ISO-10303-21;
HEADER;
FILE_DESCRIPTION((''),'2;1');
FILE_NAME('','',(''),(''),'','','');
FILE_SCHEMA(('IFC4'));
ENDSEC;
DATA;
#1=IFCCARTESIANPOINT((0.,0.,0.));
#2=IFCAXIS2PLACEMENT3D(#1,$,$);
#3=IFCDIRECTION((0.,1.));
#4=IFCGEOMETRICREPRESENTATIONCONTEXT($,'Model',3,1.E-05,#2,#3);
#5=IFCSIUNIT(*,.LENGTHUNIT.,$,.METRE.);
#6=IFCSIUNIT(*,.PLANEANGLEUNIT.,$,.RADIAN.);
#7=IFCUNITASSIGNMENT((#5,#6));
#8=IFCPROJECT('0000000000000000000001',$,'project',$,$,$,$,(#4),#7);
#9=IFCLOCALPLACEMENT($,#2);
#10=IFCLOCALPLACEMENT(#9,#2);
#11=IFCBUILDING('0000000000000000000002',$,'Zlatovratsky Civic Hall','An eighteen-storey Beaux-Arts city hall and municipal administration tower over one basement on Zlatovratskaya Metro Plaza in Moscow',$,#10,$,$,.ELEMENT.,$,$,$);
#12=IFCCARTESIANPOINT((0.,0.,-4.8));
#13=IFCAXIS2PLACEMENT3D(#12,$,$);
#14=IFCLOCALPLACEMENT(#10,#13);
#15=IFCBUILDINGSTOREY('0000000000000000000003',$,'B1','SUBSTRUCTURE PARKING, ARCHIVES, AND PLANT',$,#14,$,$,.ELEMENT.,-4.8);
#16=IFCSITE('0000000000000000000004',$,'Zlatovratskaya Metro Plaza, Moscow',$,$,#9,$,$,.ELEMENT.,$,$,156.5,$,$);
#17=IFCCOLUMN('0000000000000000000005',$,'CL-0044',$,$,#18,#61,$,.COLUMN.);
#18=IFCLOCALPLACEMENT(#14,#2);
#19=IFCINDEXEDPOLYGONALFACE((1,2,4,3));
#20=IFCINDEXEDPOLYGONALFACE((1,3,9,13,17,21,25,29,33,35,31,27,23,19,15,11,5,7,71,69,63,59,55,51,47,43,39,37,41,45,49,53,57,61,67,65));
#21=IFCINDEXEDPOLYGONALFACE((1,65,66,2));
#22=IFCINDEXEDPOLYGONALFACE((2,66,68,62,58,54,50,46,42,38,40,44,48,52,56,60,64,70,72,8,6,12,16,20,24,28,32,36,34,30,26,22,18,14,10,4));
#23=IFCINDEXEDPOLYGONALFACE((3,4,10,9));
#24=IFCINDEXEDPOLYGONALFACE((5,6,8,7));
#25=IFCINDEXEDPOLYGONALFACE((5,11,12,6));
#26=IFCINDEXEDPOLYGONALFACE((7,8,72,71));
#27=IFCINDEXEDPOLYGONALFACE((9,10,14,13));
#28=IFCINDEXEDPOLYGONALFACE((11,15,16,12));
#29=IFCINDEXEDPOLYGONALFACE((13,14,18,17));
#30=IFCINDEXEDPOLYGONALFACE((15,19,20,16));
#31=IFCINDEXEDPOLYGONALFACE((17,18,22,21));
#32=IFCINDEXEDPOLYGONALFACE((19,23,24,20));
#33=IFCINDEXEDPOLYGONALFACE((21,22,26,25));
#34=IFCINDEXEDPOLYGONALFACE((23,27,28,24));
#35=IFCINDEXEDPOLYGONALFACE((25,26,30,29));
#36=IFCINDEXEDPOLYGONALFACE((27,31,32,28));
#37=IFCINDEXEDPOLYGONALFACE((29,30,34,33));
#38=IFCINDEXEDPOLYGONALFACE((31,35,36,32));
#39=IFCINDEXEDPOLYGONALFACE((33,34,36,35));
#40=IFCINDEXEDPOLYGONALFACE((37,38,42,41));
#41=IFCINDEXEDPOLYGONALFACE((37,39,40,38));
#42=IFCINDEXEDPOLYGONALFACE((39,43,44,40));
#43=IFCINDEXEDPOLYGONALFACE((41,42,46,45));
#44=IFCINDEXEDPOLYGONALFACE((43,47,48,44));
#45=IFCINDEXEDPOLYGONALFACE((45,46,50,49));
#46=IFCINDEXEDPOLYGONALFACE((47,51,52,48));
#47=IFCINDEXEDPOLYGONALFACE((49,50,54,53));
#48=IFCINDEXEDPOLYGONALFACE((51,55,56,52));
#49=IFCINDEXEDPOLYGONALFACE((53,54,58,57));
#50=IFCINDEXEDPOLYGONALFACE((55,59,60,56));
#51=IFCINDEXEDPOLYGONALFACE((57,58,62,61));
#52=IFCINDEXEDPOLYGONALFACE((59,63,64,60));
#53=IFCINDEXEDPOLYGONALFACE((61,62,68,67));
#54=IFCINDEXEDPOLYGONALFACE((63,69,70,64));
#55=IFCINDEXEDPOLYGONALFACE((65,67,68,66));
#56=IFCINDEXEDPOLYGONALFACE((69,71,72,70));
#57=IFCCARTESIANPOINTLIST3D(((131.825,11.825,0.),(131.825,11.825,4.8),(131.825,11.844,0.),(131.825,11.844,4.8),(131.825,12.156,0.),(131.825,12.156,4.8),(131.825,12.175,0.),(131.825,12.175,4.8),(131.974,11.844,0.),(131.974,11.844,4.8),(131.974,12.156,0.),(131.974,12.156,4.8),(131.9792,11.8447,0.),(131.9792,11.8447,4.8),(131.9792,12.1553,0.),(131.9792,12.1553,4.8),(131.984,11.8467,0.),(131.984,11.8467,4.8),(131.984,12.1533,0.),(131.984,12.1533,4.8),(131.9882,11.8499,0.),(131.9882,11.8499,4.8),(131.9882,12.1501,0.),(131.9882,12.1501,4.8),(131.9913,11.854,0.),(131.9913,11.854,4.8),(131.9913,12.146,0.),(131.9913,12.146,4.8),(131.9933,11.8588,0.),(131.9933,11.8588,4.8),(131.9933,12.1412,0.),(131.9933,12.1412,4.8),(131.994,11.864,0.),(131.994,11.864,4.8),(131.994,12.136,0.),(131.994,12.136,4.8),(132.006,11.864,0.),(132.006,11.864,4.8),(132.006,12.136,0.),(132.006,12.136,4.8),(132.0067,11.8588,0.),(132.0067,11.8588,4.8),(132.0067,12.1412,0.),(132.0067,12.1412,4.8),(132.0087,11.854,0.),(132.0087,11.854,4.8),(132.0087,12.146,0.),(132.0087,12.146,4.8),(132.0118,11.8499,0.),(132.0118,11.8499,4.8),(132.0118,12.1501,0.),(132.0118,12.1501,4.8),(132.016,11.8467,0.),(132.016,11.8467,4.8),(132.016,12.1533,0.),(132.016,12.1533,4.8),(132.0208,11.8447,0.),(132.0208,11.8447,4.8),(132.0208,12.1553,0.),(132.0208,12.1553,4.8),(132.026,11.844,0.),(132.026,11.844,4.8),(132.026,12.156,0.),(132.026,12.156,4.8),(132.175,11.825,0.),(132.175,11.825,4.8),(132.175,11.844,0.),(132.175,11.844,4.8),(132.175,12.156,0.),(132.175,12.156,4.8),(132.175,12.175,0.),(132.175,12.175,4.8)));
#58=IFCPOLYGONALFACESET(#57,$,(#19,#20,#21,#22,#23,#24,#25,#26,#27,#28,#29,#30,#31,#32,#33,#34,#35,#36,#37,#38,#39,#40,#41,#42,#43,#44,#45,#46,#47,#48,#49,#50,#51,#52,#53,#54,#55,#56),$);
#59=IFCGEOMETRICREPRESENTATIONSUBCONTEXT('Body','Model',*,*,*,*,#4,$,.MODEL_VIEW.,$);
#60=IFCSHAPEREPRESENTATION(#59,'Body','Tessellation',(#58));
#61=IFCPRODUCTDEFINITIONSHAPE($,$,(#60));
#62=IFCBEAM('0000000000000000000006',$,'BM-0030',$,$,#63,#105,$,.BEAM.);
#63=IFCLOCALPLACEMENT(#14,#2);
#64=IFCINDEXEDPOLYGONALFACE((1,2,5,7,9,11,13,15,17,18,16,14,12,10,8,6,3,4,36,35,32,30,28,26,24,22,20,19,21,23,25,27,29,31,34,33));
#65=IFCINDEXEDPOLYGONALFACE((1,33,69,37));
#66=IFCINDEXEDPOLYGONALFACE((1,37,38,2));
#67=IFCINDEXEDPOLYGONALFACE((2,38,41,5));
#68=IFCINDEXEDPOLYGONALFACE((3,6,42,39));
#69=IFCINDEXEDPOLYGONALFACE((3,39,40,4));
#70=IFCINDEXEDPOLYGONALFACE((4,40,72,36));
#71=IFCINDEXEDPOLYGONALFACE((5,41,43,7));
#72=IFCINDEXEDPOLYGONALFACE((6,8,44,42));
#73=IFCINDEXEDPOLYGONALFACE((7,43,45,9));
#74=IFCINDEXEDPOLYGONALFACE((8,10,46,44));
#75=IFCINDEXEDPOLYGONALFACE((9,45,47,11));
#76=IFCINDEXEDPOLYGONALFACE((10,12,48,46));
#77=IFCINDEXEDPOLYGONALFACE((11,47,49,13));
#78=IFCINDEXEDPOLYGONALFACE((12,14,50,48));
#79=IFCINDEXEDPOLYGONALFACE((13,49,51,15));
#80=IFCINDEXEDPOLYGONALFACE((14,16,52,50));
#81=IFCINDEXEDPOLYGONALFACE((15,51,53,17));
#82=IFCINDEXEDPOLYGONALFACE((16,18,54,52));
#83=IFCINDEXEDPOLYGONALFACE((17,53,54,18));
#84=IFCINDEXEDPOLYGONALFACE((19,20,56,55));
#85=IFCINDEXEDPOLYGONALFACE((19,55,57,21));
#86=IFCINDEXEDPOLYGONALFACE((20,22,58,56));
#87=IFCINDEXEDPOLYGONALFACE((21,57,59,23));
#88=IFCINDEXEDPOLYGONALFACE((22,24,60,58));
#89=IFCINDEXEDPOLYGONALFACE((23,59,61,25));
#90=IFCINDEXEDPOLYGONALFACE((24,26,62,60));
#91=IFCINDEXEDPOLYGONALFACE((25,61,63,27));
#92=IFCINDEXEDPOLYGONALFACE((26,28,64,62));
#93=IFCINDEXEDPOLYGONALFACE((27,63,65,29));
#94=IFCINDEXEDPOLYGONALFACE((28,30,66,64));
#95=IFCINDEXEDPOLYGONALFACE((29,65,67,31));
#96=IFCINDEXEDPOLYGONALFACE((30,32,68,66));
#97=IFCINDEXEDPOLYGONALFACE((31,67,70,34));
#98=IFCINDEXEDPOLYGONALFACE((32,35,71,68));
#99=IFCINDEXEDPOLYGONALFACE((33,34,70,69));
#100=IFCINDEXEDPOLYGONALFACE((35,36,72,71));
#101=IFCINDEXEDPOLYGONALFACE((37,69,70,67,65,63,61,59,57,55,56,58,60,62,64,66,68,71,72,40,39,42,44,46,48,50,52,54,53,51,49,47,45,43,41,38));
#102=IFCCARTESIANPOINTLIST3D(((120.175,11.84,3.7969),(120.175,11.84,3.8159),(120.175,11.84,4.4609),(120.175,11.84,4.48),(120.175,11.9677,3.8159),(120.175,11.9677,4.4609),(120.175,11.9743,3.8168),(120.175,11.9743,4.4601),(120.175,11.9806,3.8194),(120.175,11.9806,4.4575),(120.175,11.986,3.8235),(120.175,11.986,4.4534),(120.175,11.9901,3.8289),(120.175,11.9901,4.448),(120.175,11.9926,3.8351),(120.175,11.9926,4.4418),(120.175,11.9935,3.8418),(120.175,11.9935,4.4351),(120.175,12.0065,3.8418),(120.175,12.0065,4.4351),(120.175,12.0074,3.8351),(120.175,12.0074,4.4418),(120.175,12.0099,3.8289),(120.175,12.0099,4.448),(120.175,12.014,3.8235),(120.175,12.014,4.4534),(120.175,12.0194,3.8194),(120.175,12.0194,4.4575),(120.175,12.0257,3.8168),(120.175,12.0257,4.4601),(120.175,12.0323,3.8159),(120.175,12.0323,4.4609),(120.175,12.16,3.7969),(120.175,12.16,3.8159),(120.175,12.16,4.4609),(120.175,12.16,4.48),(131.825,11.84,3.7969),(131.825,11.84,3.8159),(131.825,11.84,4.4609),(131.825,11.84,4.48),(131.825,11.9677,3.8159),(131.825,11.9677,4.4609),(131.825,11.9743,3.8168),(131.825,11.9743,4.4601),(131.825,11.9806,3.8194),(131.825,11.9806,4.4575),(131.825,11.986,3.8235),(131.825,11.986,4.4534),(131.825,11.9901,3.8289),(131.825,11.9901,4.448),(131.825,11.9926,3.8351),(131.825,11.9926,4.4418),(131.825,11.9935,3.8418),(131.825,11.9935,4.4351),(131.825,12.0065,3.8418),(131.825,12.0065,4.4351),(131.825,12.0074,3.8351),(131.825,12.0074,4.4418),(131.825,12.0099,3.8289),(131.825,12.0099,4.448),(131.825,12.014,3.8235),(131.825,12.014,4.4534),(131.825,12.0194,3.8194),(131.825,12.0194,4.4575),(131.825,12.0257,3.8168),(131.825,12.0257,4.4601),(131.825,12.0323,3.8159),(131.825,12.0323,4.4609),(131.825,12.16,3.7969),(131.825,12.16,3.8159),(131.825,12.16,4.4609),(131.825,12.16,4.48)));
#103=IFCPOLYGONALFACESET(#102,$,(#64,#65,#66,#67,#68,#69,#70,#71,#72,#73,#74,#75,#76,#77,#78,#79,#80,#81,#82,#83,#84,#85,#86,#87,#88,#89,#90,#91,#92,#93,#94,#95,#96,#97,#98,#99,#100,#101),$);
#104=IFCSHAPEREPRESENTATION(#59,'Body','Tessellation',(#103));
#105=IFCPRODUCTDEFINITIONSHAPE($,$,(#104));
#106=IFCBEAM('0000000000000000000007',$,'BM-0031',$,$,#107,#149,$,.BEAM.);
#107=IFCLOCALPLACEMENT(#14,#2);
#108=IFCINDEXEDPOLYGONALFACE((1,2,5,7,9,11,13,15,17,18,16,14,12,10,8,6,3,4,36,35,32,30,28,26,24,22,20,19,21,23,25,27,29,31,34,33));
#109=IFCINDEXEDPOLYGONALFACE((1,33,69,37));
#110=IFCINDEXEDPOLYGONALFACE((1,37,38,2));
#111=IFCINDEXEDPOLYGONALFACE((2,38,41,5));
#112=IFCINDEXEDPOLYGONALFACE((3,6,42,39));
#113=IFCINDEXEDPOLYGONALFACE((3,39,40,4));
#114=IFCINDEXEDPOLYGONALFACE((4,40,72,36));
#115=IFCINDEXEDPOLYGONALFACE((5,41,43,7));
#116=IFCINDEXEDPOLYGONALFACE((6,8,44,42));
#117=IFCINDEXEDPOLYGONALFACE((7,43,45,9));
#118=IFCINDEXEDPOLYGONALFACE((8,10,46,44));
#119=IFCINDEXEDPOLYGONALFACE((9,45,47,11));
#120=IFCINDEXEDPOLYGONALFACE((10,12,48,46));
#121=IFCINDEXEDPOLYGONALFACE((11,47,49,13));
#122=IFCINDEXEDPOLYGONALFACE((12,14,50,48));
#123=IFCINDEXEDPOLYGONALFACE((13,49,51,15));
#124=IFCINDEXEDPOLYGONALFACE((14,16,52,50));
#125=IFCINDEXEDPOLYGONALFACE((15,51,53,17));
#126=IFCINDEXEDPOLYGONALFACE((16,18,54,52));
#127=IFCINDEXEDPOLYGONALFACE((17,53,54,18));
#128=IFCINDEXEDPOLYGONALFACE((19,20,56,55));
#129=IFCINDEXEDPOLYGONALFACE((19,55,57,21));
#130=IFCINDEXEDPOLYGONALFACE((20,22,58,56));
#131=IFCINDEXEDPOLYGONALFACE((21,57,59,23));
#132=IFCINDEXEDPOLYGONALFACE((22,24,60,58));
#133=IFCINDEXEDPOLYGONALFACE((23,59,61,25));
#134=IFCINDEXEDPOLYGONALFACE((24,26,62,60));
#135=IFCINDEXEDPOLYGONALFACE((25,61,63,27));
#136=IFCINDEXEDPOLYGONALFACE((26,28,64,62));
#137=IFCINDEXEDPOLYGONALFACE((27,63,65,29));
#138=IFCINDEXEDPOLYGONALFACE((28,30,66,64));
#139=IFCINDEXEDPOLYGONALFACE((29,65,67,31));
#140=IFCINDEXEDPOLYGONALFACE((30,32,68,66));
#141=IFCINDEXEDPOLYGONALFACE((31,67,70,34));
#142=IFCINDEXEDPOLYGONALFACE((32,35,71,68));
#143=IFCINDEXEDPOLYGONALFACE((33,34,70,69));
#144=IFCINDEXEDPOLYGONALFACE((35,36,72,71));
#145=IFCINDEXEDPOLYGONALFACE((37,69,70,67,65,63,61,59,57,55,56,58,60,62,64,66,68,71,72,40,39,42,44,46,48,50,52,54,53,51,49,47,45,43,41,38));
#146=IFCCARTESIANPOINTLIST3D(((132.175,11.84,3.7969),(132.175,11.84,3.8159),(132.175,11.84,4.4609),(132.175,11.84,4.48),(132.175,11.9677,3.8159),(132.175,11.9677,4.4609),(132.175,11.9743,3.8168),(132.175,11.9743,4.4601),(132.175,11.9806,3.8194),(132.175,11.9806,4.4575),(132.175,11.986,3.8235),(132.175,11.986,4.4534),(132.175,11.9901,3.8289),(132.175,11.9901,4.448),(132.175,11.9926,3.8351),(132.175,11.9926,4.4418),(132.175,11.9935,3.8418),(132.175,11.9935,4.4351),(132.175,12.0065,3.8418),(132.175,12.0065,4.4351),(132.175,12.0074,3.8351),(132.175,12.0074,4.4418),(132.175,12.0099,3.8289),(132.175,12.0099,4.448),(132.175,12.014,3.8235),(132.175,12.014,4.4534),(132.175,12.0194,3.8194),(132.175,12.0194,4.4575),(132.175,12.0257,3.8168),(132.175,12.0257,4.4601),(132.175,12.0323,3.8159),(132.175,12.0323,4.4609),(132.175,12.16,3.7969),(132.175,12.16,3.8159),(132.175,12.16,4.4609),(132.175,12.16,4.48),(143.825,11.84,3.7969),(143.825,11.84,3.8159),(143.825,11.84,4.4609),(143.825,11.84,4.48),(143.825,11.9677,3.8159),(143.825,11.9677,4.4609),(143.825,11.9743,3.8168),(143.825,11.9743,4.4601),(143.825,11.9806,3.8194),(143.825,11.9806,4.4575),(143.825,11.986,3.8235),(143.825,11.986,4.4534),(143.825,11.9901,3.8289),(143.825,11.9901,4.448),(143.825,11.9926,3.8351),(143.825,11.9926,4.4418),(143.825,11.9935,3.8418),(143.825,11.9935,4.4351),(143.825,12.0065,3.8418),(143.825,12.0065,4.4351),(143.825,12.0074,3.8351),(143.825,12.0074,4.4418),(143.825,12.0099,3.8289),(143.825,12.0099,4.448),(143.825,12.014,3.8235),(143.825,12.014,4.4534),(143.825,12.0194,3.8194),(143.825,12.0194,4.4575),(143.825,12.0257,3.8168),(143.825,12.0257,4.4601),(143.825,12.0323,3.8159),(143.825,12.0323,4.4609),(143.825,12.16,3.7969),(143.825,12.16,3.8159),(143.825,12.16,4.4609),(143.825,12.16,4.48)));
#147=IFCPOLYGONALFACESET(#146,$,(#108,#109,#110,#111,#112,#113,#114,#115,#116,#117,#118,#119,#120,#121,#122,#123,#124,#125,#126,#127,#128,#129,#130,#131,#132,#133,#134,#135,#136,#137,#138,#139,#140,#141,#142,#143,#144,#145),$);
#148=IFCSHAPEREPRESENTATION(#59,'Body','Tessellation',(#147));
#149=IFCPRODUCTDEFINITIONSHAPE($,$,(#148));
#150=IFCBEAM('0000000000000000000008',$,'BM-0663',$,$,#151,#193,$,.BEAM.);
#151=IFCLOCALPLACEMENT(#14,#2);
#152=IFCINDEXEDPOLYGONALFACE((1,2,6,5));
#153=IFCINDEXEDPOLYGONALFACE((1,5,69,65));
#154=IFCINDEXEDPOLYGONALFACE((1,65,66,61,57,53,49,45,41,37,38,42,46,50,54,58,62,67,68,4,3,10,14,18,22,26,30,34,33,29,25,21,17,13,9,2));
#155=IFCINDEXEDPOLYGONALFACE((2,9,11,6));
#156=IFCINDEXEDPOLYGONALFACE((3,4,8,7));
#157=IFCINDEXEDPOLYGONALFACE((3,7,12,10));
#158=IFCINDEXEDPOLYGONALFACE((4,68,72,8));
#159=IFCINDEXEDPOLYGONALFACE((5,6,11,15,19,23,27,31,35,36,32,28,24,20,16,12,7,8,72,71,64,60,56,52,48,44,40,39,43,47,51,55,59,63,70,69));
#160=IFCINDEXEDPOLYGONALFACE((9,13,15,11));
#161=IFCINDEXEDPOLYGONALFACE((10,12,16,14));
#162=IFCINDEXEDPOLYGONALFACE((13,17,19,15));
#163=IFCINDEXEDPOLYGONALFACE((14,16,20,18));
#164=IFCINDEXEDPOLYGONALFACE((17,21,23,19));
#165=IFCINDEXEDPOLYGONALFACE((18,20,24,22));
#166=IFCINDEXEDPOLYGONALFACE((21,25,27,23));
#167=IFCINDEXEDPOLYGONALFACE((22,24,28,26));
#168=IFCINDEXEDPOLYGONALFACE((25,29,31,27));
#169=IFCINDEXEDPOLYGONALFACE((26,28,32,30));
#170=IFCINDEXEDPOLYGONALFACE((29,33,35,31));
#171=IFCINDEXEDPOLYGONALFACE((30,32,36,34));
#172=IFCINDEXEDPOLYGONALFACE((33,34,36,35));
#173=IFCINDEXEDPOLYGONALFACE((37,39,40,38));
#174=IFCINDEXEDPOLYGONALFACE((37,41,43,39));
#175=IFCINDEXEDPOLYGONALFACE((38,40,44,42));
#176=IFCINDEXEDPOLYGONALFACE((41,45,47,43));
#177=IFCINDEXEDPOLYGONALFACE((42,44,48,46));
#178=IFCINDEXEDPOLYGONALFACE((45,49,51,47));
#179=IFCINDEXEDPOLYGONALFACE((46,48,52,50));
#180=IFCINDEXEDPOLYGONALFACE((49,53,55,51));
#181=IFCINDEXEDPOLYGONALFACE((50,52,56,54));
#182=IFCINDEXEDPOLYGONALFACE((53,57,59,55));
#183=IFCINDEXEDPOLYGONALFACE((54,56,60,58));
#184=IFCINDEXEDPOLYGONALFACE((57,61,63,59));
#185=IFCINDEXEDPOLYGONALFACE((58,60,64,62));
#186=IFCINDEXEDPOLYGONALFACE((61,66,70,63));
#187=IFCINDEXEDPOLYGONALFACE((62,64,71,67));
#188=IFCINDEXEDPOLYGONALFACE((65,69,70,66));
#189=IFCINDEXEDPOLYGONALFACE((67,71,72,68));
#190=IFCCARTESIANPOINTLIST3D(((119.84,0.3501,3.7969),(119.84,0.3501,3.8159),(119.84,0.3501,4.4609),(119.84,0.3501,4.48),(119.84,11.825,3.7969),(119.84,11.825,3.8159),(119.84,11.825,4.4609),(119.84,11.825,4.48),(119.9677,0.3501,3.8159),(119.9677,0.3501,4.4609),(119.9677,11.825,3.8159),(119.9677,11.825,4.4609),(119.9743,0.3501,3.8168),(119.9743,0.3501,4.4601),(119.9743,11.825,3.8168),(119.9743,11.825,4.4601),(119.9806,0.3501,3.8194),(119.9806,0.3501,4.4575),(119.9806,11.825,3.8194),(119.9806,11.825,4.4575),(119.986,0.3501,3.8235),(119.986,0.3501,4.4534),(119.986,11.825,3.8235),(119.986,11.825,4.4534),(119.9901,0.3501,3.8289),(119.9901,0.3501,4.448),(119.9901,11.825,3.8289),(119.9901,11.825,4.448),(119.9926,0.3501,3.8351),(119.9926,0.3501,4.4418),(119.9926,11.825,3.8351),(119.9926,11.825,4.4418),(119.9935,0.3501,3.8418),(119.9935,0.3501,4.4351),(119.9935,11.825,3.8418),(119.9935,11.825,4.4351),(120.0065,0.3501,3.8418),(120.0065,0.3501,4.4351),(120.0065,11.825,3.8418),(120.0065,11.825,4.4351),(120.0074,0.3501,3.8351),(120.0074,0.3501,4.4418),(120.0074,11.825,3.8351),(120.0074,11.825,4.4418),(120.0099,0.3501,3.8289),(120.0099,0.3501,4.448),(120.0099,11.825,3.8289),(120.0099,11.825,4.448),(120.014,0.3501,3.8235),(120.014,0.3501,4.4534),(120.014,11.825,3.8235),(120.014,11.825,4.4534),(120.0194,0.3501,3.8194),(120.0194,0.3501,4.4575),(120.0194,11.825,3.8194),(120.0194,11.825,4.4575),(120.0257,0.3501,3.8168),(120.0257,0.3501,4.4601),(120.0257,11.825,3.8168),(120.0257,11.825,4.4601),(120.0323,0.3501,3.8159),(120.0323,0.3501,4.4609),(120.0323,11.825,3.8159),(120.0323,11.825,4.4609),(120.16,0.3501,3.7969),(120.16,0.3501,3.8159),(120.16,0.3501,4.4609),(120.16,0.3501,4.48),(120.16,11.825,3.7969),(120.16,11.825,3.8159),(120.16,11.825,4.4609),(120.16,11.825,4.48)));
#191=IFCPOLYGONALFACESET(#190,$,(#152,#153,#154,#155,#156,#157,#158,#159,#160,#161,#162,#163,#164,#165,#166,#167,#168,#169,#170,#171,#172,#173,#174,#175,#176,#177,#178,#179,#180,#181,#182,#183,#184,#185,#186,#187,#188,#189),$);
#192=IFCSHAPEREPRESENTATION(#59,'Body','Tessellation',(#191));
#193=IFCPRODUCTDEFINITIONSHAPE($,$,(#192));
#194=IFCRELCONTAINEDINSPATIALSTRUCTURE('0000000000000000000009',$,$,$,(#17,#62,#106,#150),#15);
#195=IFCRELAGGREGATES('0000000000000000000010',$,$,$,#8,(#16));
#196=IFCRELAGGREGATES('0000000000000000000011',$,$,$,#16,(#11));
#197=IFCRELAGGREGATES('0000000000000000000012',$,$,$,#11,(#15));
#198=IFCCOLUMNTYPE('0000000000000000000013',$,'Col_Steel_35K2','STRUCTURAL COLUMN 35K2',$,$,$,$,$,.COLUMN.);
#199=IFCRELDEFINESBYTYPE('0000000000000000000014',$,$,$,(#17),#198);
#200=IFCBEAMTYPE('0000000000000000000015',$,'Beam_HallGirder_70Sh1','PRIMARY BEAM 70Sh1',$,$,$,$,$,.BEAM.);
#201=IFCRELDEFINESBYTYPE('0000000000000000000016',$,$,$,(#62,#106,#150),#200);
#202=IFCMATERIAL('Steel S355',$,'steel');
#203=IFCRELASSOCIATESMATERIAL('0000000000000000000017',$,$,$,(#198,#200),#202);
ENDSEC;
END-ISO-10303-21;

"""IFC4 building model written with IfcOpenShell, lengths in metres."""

from ifc_helpers import new_model, si_unit, direction, frame, origin, origin_2d, place, context, subcontext, project, spatial, i_section, extrude, material, material_profile, profile_set, type_object, element, save


model = new_model("IFC4")

# Units and contexts
model_context = context("Model", 3, precision=1e-05, world=origin(), true_north=direction((0.0, 1.0)))
body_context = subcontext(model_context, "Body", "Model", "MODEL_VIEW")
ifc_project = project(units=[si_unit("LENGTHUNIT", "METRE"), si_unit("PLANEANGLEUNIT", "RADIAN")], contexts=[model_context])

# Site, building, storey
site_placement = place(None, origin())
site = spatial("IfcSite", under=ifc_project, at=site_placement, Name="Zlatovratskaya Metro Plaza, Moscow", CompositionType="ELEMENT", RefElevation=156.5)
building_placement = place(site_placement, origin())
building = spatial("IfcBuilding", under=site, at=building_placement, Name="Zlatovratsky Civic Hall", Description="An eighteen-storey Beaux-Arts city hall and municipal administration tower over one basement on Zlatovratskaya Metro Plaza in Moscow", CompositionType="ELEMENT")
storey_placement = place(building_placement, frame((0.0, 0.0, -4.8)))
storey = spatial("IfcBuildingStorey", under=building, at=storey_placement, Name="B1", Description="SUBSTRUCTURE PARKING, ARCHIVES, AND PLANT", CompositionType="ELEMENT", Elevation=-4.8)

# Column
ifc_material_1 = material(Name="Steel S355", Category="steel")
ifc_material_profile_1 = material_profile(ifc_material_1, i_section(OverallWidth=0.3501, OverallDepth=0.3501, WebThickness=0.012, FlangeThickness=0.019, FilletRadius=0.02, at=origin_2d()), Name="35K2")
ifc_profile_set_1 = profile_set([ifc_material_profile_1], Name="Steel S355")
column_type_1 = type_object("IfcColumnType", Name="Col_Steel_35K2", Description="STRUCTURAL COLUMN 35K2", PredefinedType="COLUMN", material=ifc_profile_set_1)
for number, where, z_axis, x_axis, name in (
    (1, (132.0, 12.0, 0.0), (0.0, 0.0, 1.0), (1.0, 0.0, 0.0), "CL-0044"),
):
    element("IfcColumn", number, at=place(storey_placement, frame(where, z_axis=z_axis, x_axis=x_axis)), inside=storey, type_object=column_type_1, Name=name, PredefinedType="COLUMN", context=body_context, shape_type="SweptSolid", body=[
        extrude(i_section(OverallWidth=0.3501, OverallDepth=0.3501, WebThickness=0.012, FlangeThickness=0.019, FilletRadius=0.02, at=origin_2d()), origin(), (0.0, 0.0, 1.0), 4.8),
    ])

# Beams
ifc_material_profile_2 = material_profile(ifc_material_1, i_section(OverallWidth=0.3201, OverallDepth=0.6831, WebThickness=0.0129, FlangeThickness=0.019, FilletRadius=0.0259, at=origin_2d()), Name="70Sh1")
ifc_profile_set_2 = profile_set([ifc_material_profile_2], Name="Steel S355")
beam_type_1 = type_object("IfcBeamType", Name="Beam_HallGirder_70Sh1", Description="PRIMARY BEAM 70Sh1", PredefinedType="BEAM", material=ifc_profile_set_2)
for number, where, z_axis, x_axis, name in (
    (2, (120.175, 12.0, 4.1384), (1.0, 0.0, 0.0), (0.0, 1.0, 0.0), "BM-0030"),
    (3, (132.175, 12.0, 4.1384), (1.0, 0.0, 0.0), (0.0, 1.0, 0.0), "BM-0031"),
):
    element("IfcBeam", number, at=place(storey_placement, frame(where, z_axis=z_axis, x_axis=x_axis)), inside=storey, type_object=beam_type_1, Name=name, PredefinedType="BEAM", context=body_context, shape_type="SweptSolid", body=[
        extrude(i_section(OverallWidth=0.3201, OverallDepth=0.6831, WebThickness=0.0129, FlangeThickness=0.019, FilletRadius=0.0259, at=origin_2d()), origin(), (0.0, 0.0, 1.0), 11.6499),
    ])
for number, where, z_axis, x_axis, name in (
    (4, (120.0, 0.3501, 4.1384), (0.0, 1.0, 0.0), (-1.0, 0.0, 0.0), "BM-0663"),
):
    element("IfcBeam", number, at=place(storey_placement, frame(where, z_axis=z_axis, x_axis=x_axis)), inside=storey, type_object=beam_type_1, Name=name, PredefinedType="BEAM", context=body_context, shape_type="SweptSolid", body=[
        extrude(i_section(OverallWidth=0.3201, OverallDepth=0.6831, WebThickness=0.0129, FlangeThickness=0.019, FilletRadius=0.0259, at=origin_2d()), origin(), (0.0, 0.0, 1.0), 11.4749),
    ])

save(model, "model.ifc")
